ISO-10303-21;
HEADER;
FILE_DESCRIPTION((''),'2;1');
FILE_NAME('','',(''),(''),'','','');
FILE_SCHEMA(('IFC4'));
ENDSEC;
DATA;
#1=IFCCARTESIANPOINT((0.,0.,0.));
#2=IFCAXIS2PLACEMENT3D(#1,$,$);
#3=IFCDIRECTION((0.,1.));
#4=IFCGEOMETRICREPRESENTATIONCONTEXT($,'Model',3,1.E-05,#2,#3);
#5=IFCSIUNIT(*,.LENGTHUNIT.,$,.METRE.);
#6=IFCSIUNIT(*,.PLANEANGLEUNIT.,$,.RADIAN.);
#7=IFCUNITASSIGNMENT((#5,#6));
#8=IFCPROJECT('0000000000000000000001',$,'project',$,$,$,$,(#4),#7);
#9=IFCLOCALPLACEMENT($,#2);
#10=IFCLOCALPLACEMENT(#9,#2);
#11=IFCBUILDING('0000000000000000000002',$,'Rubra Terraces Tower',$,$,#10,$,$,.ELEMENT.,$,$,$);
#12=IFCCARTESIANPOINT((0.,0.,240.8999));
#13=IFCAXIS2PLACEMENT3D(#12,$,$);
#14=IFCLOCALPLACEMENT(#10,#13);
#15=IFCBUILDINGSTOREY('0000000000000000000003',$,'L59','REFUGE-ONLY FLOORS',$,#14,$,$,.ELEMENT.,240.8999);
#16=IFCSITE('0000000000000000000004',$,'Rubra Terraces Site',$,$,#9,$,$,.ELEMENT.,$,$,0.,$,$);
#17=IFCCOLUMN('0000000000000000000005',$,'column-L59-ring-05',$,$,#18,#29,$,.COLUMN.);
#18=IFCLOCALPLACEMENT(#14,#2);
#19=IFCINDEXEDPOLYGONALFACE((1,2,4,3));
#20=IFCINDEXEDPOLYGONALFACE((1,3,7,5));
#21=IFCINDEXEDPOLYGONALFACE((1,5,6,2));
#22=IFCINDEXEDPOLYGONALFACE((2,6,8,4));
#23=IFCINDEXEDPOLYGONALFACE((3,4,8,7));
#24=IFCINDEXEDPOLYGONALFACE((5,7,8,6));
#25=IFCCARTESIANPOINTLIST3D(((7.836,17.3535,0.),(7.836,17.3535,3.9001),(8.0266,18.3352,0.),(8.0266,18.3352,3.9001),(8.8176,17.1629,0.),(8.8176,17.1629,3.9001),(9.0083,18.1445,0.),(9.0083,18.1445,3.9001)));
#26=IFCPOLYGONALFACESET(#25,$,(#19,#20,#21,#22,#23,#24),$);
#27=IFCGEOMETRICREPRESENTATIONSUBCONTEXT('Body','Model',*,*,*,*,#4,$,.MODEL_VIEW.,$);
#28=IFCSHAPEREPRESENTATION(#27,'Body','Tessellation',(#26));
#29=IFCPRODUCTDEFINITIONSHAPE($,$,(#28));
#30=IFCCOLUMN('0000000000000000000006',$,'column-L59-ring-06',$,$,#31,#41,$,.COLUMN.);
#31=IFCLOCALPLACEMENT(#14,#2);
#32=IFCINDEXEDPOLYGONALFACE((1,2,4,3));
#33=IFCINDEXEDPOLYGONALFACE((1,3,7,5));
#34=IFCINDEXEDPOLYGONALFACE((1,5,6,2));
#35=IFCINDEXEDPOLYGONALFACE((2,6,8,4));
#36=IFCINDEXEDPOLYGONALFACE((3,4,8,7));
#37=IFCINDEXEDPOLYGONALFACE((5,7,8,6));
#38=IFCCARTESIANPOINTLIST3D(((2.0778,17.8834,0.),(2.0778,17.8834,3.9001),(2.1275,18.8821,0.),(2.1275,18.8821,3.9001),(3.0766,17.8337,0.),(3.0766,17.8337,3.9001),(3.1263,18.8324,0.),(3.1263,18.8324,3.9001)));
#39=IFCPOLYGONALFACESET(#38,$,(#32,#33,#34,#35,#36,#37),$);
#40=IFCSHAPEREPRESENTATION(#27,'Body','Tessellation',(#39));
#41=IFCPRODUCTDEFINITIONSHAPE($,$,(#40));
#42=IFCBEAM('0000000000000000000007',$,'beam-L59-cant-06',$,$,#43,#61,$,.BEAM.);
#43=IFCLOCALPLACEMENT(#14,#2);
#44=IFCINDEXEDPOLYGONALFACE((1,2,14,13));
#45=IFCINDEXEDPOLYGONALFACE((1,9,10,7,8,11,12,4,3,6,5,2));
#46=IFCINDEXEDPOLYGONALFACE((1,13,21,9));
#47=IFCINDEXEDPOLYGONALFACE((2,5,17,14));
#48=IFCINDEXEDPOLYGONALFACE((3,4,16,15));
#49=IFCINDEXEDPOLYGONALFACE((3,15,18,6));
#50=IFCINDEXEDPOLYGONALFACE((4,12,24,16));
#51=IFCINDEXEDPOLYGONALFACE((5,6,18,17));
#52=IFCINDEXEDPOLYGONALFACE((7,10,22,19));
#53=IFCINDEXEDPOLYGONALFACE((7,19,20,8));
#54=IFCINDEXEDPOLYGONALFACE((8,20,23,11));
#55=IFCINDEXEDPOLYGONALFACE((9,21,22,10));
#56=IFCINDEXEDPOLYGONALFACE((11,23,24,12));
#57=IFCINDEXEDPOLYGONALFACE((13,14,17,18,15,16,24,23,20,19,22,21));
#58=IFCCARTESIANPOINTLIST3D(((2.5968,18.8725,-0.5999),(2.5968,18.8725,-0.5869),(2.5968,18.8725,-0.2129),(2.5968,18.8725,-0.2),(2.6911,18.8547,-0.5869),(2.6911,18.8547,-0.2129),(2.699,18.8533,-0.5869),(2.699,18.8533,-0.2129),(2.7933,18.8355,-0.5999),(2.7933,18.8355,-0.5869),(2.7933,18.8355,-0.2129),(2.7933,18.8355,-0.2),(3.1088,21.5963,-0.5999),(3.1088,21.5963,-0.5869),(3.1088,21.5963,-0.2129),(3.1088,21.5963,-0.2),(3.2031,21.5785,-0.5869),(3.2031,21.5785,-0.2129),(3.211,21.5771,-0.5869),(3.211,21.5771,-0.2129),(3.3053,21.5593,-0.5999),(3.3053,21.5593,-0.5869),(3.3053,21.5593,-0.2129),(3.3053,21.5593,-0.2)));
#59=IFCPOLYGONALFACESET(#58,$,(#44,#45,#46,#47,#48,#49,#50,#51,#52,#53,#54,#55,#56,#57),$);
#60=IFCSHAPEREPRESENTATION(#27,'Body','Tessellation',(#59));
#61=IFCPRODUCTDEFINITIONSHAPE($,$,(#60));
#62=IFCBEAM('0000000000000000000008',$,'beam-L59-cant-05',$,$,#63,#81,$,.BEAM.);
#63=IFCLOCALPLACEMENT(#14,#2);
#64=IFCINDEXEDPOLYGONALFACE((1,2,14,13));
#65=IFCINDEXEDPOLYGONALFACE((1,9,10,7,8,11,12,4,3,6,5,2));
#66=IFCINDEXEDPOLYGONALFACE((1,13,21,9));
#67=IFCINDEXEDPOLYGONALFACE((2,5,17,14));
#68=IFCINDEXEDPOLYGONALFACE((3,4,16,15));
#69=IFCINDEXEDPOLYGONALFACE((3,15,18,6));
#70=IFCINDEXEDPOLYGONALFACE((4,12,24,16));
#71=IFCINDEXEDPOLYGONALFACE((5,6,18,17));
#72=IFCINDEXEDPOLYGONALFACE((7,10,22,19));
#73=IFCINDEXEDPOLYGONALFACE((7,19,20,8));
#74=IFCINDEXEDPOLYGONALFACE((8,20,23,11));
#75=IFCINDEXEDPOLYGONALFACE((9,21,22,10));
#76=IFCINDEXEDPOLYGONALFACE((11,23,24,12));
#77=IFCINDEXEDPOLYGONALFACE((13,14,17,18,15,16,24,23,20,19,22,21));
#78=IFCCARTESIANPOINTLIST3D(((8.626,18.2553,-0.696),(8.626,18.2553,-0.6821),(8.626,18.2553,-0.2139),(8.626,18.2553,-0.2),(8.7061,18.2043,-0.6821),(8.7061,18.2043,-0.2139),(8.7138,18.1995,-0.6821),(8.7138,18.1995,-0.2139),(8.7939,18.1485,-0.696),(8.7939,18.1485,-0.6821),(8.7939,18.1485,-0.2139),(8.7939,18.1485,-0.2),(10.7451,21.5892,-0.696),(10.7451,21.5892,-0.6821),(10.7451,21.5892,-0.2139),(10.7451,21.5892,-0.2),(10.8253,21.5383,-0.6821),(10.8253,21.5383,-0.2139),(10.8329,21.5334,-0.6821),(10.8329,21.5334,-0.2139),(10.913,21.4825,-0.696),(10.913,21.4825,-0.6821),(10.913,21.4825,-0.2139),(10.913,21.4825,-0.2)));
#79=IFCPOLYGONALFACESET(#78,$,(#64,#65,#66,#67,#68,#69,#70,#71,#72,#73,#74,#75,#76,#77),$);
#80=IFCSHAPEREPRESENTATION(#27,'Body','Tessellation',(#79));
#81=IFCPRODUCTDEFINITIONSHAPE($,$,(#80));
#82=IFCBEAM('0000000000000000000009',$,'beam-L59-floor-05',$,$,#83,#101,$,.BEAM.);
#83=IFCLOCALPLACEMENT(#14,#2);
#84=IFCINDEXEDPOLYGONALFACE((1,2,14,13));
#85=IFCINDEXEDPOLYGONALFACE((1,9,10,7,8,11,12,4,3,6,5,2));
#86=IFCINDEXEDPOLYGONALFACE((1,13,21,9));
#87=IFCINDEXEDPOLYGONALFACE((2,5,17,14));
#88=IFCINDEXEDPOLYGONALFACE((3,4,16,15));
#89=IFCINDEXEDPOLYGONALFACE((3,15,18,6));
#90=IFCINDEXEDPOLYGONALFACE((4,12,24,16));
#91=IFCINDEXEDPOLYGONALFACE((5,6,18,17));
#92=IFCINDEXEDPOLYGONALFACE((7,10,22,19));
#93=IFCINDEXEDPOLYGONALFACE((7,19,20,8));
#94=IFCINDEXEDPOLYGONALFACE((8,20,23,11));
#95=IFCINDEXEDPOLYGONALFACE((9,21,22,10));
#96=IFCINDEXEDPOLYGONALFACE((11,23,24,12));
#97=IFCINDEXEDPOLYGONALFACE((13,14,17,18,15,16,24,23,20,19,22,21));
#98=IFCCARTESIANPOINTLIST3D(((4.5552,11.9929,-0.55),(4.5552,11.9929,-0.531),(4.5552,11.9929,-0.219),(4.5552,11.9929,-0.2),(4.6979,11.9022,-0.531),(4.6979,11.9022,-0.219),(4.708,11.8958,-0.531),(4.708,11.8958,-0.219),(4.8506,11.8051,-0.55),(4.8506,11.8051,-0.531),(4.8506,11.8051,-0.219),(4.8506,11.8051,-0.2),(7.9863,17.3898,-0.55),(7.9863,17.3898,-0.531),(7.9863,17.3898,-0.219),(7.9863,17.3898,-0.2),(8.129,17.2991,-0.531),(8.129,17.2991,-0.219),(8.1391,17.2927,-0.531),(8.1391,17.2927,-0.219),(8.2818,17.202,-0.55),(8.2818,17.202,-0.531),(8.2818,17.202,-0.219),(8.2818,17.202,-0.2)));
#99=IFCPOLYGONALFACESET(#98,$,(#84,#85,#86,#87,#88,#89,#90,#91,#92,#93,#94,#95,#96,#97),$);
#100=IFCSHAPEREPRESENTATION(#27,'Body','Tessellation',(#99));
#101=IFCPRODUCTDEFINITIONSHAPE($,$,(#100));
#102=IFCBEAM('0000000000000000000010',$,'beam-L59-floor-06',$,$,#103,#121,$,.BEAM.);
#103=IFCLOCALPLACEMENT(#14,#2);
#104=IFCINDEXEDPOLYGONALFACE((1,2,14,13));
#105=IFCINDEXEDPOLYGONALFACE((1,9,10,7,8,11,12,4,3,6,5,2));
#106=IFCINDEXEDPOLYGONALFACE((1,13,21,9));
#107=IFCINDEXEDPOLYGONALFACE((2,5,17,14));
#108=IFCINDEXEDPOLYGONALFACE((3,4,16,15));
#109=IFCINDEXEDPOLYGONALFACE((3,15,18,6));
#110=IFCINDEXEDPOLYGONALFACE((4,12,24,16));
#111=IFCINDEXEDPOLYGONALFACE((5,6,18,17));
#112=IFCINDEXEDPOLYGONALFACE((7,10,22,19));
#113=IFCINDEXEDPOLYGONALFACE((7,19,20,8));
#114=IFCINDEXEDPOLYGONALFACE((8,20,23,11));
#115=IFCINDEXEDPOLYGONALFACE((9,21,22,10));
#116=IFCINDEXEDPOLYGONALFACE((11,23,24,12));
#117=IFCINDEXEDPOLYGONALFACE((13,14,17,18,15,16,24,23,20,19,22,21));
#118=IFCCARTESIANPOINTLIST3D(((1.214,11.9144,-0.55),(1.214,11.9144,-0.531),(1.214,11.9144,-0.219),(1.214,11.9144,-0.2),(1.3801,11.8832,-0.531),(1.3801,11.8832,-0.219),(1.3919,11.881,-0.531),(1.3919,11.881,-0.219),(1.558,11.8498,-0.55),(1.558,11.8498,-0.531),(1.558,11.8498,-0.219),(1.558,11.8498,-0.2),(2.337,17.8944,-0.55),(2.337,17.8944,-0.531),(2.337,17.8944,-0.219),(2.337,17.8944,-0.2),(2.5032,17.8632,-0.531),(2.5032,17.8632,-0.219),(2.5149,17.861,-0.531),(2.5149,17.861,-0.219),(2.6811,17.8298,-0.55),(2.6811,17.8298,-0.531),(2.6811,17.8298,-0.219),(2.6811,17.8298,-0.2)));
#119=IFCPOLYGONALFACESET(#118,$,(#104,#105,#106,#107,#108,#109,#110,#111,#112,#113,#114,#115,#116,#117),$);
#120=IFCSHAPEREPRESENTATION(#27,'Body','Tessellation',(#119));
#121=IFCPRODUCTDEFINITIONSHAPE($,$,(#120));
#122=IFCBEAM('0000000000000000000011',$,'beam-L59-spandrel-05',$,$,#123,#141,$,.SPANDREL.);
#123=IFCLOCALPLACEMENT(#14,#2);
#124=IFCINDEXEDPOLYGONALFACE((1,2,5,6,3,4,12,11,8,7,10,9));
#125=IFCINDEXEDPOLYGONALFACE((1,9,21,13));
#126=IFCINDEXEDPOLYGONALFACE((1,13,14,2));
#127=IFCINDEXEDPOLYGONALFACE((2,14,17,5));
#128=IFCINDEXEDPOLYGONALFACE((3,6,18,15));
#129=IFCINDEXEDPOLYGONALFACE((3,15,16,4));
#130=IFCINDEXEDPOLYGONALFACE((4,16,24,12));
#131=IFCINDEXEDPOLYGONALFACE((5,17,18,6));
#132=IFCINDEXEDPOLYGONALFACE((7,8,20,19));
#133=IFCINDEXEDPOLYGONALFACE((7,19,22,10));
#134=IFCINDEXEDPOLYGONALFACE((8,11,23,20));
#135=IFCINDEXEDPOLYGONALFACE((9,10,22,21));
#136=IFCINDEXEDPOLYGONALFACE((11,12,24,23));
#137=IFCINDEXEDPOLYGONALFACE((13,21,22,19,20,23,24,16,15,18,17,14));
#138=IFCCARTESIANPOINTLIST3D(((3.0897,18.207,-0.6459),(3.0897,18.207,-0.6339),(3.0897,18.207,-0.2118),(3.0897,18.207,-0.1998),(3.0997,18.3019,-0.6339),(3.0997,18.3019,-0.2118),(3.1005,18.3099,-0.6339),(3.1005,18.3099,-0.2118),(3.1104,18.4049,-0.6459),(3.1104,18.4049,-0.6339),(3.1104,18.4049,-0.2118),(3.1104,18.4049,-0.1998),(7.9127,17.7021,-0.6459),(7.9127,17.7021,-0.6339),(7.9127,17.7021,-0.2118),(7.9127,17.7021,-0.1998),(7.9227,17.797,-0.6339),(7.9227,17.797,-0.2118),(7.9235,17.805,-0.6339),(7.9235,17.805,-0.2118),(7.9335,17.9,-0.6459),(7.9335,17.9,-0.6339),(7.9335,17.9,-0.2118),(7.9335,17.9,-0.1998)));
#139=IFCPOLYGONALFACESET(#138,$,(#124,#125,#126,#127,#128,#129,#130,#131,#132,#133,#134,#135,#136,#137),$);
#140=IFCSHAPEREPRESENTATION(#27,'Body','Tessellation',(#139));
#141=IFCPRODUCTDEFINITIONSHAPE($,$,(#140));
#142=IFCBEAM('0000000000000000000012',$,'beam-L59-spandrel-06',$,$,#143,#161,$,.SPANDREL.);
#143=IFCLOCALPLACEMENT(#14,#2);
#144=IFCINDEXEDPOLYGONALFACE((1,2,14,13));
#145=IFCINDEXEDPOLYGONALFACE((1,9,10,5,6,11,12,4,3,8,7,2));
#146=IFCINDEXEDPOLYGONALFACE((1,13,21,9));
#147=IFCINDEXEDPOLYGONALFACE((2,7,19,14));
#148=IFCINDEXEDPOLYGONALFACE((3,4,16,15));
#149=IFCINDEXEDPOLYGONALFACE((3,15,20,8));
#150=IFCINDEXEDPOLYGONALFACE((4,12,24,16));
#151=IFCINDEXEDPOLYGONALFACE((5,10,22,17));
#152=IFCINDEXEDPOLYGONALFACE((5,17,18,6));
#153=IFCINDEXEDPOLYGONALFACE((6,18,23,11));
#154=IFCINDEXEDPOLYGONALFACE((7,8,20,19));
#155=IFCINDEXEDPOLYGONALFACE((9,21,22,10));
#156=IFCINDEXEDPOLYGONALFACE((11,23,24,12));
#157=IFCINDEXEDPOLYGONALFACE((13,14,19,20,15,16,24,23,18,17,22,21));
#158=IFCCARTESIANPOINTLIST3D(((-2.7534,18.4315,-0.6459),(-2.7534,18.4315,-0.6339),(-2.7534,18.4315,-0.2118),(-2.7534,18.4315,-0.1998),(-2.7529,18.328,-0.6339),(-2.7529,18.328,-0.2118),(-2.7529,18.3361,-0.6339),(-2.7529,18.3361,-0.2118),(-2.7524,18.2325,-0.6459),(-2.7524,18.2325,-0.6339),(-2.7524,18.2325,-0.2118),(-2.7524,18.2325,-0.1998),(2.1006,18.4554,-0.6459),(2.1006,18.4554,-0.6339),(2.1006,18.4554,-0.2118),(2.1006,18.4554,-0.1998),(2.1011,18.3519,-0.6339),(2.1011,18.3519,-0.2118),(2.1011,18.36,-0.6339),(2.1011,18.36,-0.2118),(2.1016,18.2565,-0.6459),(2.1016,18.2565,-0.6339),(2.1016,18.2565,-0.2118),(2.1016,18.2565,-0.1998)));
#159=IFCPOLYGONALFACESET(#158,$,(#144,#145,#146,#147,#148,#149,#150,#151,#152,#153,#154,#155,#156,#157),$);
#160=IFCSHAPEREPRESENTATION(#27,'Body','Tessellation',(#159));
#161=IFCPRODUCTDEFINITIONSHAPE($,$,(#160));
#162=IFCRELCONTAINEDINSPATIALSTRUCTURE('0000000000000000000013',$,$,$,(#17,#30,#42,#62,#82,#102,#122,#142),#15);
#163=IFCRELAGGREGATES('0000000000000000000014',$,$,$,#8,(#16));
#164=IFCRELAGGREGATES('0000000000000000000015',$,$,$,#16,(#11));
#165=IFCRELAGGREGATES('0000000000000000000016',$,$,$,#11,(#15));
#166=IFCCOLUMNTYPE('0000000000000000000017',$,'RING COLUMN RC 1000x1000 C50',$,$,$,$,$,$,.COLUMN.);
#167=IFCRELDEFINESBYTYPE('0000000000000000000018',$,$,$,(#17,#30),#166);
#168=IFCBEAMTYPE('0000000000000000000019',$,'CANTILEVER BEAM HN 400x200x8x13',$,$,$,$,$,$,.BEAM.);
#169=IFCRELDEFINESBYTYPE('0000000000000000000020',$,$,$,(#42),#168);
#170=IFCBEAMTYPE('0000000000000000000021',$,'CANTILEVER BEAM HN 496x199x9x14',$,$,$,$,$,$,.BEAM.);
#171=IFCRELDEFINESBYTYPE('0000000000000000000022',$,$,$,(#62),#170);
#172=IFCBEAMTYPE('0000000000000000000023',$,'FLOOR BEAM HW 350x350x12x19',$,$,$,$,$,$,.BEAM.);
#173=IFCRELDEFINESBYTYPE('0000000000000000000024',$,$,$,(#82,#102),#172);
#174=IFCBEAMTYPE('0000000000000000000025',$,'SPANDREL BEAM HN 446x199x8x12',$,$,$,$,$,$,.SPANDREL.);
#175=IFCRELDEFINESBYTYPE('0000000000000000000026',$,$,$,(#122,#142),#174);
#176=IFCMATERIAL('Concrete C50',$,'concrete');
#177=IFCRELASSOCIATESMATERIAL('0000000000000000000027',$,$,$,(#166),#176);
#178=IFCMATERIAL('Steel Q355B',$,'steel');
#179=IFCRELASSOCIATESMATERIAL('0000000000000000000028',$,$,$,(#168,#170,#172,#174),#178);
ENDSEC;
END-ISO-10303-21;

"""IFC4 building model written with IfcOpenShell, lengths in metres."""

from ifc_helpers import new_model, si_unit, direction, frame, origin, origin_2d, place, context, subcontext, project, spatial, rectangle, i_section, extrude, material, material_profile, profile_set, type_object, element, save


model = new_model("IFC4")

# Units and contexts
model_context = context("Model", 3, precision=1e-05, world=origin(), true_north=direction((0.0, 1.0)))
body_context = subcontext(model_context, "Body", "Model", "MODEL_VIEW")
ifc_project = project(units=[si_unit("LENGTHUNIT", "METRE"), si_unit("PLANEANGLEUNIT", "RADIAN")], contexts=[model_context])

# Site, building, storey
site_placement = place(None, origin())
site = spatial("IfcSite", under=ifc_project, at=site_placement, Name="Rubra Terraces Site", CompositionType="ELEMENT", RefElevation=0.0)
building_placement = place(site_placement, origin())
building = spatial("IfcBuilding", under=site, at=building_placement, Name="Rubra Terraces Tower", CompositionType="ELEMENT")
storey_placement = place(building_placement, frame((0.0, 0.0, 240.8999)))
storey = spatial("IfcBuildingStorey", under=building, at=storey_placement, Name="L59", Description="REFUGE-ONLY FLOORS", CompositionType="ELEMENT", Elevation=240.8999)

# Columns
ifc_material_1 = material(Name="Concrete C50", Category="concrete")
ifc_material_profile_1 = material_profile(ifc_material_1, rectangle(XDim=1.0, YDim=1.0, at=origin_2d()), Name="RC 1000x1000")
ifc_profile_set_1 = profile_set([ifc_material_profile_1], Name="Concrete C50")
column_type = type_object("IfcColumnType", Name="RING COLUMN RC 1000x1000 C50", PredefinedType="COLUMN", material=ifc_profile_set_1)
for number, where, z_axis, x_axis, name in (
    (1, (8.4221, 17.749, 0.0), (0.0, 0.0, 1.0), (-0.981655, 0.190668, 0.0), "column-L59-ring-05"),
    (2, (2.6021, 18.3579, 0.0), (0.0, 0.0, 1.0), (-0.998764, 0.049699, 0.0), "column-L59-ring-06"),
):
    element("IfcColumn", number, at=place(storey_placement, frame(where, z_axis=z_axis, x_axis=x_axis)), inside=storey, type_object=column_type, Name=name, PredefinedType="COLUMN", context=body_context, shape_type="SweptSolid", body=[
        extrude(rectangle(XDim=1.0, YDim=1.0, at=origin_2d()), origin(), (0.0, 0.0, 1.0), 3.9001),
    ])

# Beams
ifc_material_2 = material(Name="Steel Q355B", Category="steel")
ifc_material_profile_2 = material_profile(ifc_material_2, i_section(OverallWidth=0.2, OverallDepth=0.3999, WebThickness=0.0081, FlangeThickness=0.0129, at=origin_2d()), Name="HN 400x200x8x13")
ifc_profile_set_2 = profile_set([ifc_material_profile_2], Name="Steel Q355B")
beam_type_1 = type_object("IfcBeamType", Name="CANTILEVER BEAM HN 400x200x8x13", PredefinedType="BEAM", material=ifc_profile_set_2)
beam_1_placement = place(storey_placement, frame((2.6951, 18.854, -0.3999), z_axis=(0.184719, 0.982791, 0.0), x_axis=(-0.982791, 0.184719, 0.0)))
element("IfcBeam", 3, at=beam_1_placement, inside=storey, type_object=beam_type_1, Name="beam-L59-cant-06", PredefinedType="BEAM", context=body_context, shape_type="SweptSolid", body=[
    extrude(i_section(OverallWidth=0.2, OverallDepth=0.3999, WebThickness=0.0081, FlangeThickness=0.0129, at=origin_2d()), origin(), (0.0, 0.0, 1.0), 2.7715),
])
ifc_material_profile_3 = material_profile(ifc_material_2, i_section(OverallWidth=0.199, OverallDepth=0.4961, WebThickness=0.009, FlangeThickness=0.0139, at=origin_2d()), Name="HN 496x199x9x14")
ifc_profile_set_3 = profile_set([ifc_material_profile_3], Name="Steel Q355B")
beam_type_2 = type_object("IfcBeamType", Name="CANTILEVER BEAM HN 496x199x9x14", PredefinedType="BEAM", material=ifc_profile_set_3)
beam_2_placement = place(storey_placement, frame((8.71, 18.2019, -0.448), z_axis=(0.536428, 0.843946, 0.0), x_axis=(-0.843946, 0.536428, 0.0)))
element("IfcBeam", 4, at=beam_2_placement, inside=storey, type_object=beam_type_2, Name="beam-L59-cant-05", PredefinedType="BEAM", context=body_context, shape_type="SweptSolid", body=[
    extrude(i_section(OverallWidth=0.199, OverallDepth=0.4961, WebThickness=0.009, FlangeThickness=0.0139, at=origin_2d()), origin(), (0.0, 0.0, 1.0), 3.9504),
])
ifc_material_profile_4 = material_profile(ifc_material_2, i_section(OverallWidth=0.3501, OverallDepth=0.3501, WebThickness=0.012, FlangeThickness=0.019, at=origin_2d()), Name="HW 350x350x12x19")
ifc_profile_set_4 = profile_set([ifc_material_profile_4], Name="Steel Q355B")
beam_type_3 = type_object("IfcBeamType", Name="FLOOR BEAM HW 350x350x12x19", PredefinedType="BEAM", material=ifc_profile_set_4)
beam_3_placement = place(storey_placement, frame((8.134, 17.2959, -0.375), z_axis=(-0.53651, -0.843894, 0.0), x_axis=(0.843894, -0.53651, 0.0)))
element("IfcBeam", 5, at=beam_3_placement, inside=storey, type_object=beam_type_3, Name="beam-L59-floor-05", PredefinedType="BEAM", context=body_context, shape_type="SweptSolid", body=[
    extrude(i_section(OverallWidth=0.3501, OverallDepth=0.3501, WebThickness=0.012, FlangeThickness=0.019, at=origin_2d()), origin(), (0.0, 0.0, 1.0), 6.3953),
])
beam_4_placement = place(storey_placement, frame((2.509, 17.8621, -0.375), z_axis=(-0.184574, -0.982819, 0.0), x_axis=(0.982819, -0.184574, 0.0)))
element("IfcBeam", 6, at=beam_4_placement, inside=storey, type_object=beam_type_3, Name="beam-L59-floor-06", PredefinedType="BEAM", context=body_context, shape_type="SweptSolid", body=[
    extrude(i_section(OverallWidth=0.3501, OverallDepth=0.3501, WebThickness=0.012, FlangeThickness=0.019, at=origin_2d()), origin(), (0.0, 0.0, 1.0), 6.0845),
])
ifc_material_profile_5 = material_profile(ifc_material_2, i_section(OverallWidth=0.199, OverallDepth=0.446, WebThickness=0.0081, FlangeThickness=0.012, at=origin_2d()), Name="HN 446x199x8x12")
ifc_profile_set_5 = profile_set([ifc_material_profile_5], Name="Steel Q355B")
beam_type_4 = type_object("IfcBeamType", Name="SPANDREL BEAM HN 446x199x8x12", PredefinedType="SPANDREL", material=ifc_profile_set_5)
beam_5_placement = place(storey_placement, frame((7.9231, 17.801, -0.4229), z_axis=(-0.994565, 0.104113, 0.0), x_axis=(-0.104113, -0.994565, 0.0)))
element("IfcBeam", 7, at=beam_5_placement, inside=storey, type_object=beam_type_4, Name="beam-L59-spandrel-05", PredefinedType="SPANDREL", context=body_context, shape_type="SweptSolid", body=[
    extrude(i_section(OverallWidth=0.199, OverallDepth=0.446, WebThickness=0.0081, FlangeThickness=0.012, at=origin_2d()), origin(), (0.0, 0.0, 1.0), 4.8494),
])
beam_6_placement = place(storey_placement, frame((2.1011, 18.356, -0.4229), z_axis=(-0.999988, -0.004929, 0.0), x_axis=(0.004929, -0.999988, 0.0)))
element("IfcBeam", 8, at=beam_6_placement, inside=storey, type_object=beam_type_4, Name="beam-L59-spandrel-06", PredefinedType="SPANDREL", context=body_context, shape_type="SweptSolid", body=[
    extrude(i_section(OverallWidth=0.199, OverallDepth=0.446, WebThickness=0.0081, FlangeThickness=0.012, at=origin_2d()), origin(), (0.0, 0.0, 1.0), 4.854),
])

save(model, "model.ifc")
